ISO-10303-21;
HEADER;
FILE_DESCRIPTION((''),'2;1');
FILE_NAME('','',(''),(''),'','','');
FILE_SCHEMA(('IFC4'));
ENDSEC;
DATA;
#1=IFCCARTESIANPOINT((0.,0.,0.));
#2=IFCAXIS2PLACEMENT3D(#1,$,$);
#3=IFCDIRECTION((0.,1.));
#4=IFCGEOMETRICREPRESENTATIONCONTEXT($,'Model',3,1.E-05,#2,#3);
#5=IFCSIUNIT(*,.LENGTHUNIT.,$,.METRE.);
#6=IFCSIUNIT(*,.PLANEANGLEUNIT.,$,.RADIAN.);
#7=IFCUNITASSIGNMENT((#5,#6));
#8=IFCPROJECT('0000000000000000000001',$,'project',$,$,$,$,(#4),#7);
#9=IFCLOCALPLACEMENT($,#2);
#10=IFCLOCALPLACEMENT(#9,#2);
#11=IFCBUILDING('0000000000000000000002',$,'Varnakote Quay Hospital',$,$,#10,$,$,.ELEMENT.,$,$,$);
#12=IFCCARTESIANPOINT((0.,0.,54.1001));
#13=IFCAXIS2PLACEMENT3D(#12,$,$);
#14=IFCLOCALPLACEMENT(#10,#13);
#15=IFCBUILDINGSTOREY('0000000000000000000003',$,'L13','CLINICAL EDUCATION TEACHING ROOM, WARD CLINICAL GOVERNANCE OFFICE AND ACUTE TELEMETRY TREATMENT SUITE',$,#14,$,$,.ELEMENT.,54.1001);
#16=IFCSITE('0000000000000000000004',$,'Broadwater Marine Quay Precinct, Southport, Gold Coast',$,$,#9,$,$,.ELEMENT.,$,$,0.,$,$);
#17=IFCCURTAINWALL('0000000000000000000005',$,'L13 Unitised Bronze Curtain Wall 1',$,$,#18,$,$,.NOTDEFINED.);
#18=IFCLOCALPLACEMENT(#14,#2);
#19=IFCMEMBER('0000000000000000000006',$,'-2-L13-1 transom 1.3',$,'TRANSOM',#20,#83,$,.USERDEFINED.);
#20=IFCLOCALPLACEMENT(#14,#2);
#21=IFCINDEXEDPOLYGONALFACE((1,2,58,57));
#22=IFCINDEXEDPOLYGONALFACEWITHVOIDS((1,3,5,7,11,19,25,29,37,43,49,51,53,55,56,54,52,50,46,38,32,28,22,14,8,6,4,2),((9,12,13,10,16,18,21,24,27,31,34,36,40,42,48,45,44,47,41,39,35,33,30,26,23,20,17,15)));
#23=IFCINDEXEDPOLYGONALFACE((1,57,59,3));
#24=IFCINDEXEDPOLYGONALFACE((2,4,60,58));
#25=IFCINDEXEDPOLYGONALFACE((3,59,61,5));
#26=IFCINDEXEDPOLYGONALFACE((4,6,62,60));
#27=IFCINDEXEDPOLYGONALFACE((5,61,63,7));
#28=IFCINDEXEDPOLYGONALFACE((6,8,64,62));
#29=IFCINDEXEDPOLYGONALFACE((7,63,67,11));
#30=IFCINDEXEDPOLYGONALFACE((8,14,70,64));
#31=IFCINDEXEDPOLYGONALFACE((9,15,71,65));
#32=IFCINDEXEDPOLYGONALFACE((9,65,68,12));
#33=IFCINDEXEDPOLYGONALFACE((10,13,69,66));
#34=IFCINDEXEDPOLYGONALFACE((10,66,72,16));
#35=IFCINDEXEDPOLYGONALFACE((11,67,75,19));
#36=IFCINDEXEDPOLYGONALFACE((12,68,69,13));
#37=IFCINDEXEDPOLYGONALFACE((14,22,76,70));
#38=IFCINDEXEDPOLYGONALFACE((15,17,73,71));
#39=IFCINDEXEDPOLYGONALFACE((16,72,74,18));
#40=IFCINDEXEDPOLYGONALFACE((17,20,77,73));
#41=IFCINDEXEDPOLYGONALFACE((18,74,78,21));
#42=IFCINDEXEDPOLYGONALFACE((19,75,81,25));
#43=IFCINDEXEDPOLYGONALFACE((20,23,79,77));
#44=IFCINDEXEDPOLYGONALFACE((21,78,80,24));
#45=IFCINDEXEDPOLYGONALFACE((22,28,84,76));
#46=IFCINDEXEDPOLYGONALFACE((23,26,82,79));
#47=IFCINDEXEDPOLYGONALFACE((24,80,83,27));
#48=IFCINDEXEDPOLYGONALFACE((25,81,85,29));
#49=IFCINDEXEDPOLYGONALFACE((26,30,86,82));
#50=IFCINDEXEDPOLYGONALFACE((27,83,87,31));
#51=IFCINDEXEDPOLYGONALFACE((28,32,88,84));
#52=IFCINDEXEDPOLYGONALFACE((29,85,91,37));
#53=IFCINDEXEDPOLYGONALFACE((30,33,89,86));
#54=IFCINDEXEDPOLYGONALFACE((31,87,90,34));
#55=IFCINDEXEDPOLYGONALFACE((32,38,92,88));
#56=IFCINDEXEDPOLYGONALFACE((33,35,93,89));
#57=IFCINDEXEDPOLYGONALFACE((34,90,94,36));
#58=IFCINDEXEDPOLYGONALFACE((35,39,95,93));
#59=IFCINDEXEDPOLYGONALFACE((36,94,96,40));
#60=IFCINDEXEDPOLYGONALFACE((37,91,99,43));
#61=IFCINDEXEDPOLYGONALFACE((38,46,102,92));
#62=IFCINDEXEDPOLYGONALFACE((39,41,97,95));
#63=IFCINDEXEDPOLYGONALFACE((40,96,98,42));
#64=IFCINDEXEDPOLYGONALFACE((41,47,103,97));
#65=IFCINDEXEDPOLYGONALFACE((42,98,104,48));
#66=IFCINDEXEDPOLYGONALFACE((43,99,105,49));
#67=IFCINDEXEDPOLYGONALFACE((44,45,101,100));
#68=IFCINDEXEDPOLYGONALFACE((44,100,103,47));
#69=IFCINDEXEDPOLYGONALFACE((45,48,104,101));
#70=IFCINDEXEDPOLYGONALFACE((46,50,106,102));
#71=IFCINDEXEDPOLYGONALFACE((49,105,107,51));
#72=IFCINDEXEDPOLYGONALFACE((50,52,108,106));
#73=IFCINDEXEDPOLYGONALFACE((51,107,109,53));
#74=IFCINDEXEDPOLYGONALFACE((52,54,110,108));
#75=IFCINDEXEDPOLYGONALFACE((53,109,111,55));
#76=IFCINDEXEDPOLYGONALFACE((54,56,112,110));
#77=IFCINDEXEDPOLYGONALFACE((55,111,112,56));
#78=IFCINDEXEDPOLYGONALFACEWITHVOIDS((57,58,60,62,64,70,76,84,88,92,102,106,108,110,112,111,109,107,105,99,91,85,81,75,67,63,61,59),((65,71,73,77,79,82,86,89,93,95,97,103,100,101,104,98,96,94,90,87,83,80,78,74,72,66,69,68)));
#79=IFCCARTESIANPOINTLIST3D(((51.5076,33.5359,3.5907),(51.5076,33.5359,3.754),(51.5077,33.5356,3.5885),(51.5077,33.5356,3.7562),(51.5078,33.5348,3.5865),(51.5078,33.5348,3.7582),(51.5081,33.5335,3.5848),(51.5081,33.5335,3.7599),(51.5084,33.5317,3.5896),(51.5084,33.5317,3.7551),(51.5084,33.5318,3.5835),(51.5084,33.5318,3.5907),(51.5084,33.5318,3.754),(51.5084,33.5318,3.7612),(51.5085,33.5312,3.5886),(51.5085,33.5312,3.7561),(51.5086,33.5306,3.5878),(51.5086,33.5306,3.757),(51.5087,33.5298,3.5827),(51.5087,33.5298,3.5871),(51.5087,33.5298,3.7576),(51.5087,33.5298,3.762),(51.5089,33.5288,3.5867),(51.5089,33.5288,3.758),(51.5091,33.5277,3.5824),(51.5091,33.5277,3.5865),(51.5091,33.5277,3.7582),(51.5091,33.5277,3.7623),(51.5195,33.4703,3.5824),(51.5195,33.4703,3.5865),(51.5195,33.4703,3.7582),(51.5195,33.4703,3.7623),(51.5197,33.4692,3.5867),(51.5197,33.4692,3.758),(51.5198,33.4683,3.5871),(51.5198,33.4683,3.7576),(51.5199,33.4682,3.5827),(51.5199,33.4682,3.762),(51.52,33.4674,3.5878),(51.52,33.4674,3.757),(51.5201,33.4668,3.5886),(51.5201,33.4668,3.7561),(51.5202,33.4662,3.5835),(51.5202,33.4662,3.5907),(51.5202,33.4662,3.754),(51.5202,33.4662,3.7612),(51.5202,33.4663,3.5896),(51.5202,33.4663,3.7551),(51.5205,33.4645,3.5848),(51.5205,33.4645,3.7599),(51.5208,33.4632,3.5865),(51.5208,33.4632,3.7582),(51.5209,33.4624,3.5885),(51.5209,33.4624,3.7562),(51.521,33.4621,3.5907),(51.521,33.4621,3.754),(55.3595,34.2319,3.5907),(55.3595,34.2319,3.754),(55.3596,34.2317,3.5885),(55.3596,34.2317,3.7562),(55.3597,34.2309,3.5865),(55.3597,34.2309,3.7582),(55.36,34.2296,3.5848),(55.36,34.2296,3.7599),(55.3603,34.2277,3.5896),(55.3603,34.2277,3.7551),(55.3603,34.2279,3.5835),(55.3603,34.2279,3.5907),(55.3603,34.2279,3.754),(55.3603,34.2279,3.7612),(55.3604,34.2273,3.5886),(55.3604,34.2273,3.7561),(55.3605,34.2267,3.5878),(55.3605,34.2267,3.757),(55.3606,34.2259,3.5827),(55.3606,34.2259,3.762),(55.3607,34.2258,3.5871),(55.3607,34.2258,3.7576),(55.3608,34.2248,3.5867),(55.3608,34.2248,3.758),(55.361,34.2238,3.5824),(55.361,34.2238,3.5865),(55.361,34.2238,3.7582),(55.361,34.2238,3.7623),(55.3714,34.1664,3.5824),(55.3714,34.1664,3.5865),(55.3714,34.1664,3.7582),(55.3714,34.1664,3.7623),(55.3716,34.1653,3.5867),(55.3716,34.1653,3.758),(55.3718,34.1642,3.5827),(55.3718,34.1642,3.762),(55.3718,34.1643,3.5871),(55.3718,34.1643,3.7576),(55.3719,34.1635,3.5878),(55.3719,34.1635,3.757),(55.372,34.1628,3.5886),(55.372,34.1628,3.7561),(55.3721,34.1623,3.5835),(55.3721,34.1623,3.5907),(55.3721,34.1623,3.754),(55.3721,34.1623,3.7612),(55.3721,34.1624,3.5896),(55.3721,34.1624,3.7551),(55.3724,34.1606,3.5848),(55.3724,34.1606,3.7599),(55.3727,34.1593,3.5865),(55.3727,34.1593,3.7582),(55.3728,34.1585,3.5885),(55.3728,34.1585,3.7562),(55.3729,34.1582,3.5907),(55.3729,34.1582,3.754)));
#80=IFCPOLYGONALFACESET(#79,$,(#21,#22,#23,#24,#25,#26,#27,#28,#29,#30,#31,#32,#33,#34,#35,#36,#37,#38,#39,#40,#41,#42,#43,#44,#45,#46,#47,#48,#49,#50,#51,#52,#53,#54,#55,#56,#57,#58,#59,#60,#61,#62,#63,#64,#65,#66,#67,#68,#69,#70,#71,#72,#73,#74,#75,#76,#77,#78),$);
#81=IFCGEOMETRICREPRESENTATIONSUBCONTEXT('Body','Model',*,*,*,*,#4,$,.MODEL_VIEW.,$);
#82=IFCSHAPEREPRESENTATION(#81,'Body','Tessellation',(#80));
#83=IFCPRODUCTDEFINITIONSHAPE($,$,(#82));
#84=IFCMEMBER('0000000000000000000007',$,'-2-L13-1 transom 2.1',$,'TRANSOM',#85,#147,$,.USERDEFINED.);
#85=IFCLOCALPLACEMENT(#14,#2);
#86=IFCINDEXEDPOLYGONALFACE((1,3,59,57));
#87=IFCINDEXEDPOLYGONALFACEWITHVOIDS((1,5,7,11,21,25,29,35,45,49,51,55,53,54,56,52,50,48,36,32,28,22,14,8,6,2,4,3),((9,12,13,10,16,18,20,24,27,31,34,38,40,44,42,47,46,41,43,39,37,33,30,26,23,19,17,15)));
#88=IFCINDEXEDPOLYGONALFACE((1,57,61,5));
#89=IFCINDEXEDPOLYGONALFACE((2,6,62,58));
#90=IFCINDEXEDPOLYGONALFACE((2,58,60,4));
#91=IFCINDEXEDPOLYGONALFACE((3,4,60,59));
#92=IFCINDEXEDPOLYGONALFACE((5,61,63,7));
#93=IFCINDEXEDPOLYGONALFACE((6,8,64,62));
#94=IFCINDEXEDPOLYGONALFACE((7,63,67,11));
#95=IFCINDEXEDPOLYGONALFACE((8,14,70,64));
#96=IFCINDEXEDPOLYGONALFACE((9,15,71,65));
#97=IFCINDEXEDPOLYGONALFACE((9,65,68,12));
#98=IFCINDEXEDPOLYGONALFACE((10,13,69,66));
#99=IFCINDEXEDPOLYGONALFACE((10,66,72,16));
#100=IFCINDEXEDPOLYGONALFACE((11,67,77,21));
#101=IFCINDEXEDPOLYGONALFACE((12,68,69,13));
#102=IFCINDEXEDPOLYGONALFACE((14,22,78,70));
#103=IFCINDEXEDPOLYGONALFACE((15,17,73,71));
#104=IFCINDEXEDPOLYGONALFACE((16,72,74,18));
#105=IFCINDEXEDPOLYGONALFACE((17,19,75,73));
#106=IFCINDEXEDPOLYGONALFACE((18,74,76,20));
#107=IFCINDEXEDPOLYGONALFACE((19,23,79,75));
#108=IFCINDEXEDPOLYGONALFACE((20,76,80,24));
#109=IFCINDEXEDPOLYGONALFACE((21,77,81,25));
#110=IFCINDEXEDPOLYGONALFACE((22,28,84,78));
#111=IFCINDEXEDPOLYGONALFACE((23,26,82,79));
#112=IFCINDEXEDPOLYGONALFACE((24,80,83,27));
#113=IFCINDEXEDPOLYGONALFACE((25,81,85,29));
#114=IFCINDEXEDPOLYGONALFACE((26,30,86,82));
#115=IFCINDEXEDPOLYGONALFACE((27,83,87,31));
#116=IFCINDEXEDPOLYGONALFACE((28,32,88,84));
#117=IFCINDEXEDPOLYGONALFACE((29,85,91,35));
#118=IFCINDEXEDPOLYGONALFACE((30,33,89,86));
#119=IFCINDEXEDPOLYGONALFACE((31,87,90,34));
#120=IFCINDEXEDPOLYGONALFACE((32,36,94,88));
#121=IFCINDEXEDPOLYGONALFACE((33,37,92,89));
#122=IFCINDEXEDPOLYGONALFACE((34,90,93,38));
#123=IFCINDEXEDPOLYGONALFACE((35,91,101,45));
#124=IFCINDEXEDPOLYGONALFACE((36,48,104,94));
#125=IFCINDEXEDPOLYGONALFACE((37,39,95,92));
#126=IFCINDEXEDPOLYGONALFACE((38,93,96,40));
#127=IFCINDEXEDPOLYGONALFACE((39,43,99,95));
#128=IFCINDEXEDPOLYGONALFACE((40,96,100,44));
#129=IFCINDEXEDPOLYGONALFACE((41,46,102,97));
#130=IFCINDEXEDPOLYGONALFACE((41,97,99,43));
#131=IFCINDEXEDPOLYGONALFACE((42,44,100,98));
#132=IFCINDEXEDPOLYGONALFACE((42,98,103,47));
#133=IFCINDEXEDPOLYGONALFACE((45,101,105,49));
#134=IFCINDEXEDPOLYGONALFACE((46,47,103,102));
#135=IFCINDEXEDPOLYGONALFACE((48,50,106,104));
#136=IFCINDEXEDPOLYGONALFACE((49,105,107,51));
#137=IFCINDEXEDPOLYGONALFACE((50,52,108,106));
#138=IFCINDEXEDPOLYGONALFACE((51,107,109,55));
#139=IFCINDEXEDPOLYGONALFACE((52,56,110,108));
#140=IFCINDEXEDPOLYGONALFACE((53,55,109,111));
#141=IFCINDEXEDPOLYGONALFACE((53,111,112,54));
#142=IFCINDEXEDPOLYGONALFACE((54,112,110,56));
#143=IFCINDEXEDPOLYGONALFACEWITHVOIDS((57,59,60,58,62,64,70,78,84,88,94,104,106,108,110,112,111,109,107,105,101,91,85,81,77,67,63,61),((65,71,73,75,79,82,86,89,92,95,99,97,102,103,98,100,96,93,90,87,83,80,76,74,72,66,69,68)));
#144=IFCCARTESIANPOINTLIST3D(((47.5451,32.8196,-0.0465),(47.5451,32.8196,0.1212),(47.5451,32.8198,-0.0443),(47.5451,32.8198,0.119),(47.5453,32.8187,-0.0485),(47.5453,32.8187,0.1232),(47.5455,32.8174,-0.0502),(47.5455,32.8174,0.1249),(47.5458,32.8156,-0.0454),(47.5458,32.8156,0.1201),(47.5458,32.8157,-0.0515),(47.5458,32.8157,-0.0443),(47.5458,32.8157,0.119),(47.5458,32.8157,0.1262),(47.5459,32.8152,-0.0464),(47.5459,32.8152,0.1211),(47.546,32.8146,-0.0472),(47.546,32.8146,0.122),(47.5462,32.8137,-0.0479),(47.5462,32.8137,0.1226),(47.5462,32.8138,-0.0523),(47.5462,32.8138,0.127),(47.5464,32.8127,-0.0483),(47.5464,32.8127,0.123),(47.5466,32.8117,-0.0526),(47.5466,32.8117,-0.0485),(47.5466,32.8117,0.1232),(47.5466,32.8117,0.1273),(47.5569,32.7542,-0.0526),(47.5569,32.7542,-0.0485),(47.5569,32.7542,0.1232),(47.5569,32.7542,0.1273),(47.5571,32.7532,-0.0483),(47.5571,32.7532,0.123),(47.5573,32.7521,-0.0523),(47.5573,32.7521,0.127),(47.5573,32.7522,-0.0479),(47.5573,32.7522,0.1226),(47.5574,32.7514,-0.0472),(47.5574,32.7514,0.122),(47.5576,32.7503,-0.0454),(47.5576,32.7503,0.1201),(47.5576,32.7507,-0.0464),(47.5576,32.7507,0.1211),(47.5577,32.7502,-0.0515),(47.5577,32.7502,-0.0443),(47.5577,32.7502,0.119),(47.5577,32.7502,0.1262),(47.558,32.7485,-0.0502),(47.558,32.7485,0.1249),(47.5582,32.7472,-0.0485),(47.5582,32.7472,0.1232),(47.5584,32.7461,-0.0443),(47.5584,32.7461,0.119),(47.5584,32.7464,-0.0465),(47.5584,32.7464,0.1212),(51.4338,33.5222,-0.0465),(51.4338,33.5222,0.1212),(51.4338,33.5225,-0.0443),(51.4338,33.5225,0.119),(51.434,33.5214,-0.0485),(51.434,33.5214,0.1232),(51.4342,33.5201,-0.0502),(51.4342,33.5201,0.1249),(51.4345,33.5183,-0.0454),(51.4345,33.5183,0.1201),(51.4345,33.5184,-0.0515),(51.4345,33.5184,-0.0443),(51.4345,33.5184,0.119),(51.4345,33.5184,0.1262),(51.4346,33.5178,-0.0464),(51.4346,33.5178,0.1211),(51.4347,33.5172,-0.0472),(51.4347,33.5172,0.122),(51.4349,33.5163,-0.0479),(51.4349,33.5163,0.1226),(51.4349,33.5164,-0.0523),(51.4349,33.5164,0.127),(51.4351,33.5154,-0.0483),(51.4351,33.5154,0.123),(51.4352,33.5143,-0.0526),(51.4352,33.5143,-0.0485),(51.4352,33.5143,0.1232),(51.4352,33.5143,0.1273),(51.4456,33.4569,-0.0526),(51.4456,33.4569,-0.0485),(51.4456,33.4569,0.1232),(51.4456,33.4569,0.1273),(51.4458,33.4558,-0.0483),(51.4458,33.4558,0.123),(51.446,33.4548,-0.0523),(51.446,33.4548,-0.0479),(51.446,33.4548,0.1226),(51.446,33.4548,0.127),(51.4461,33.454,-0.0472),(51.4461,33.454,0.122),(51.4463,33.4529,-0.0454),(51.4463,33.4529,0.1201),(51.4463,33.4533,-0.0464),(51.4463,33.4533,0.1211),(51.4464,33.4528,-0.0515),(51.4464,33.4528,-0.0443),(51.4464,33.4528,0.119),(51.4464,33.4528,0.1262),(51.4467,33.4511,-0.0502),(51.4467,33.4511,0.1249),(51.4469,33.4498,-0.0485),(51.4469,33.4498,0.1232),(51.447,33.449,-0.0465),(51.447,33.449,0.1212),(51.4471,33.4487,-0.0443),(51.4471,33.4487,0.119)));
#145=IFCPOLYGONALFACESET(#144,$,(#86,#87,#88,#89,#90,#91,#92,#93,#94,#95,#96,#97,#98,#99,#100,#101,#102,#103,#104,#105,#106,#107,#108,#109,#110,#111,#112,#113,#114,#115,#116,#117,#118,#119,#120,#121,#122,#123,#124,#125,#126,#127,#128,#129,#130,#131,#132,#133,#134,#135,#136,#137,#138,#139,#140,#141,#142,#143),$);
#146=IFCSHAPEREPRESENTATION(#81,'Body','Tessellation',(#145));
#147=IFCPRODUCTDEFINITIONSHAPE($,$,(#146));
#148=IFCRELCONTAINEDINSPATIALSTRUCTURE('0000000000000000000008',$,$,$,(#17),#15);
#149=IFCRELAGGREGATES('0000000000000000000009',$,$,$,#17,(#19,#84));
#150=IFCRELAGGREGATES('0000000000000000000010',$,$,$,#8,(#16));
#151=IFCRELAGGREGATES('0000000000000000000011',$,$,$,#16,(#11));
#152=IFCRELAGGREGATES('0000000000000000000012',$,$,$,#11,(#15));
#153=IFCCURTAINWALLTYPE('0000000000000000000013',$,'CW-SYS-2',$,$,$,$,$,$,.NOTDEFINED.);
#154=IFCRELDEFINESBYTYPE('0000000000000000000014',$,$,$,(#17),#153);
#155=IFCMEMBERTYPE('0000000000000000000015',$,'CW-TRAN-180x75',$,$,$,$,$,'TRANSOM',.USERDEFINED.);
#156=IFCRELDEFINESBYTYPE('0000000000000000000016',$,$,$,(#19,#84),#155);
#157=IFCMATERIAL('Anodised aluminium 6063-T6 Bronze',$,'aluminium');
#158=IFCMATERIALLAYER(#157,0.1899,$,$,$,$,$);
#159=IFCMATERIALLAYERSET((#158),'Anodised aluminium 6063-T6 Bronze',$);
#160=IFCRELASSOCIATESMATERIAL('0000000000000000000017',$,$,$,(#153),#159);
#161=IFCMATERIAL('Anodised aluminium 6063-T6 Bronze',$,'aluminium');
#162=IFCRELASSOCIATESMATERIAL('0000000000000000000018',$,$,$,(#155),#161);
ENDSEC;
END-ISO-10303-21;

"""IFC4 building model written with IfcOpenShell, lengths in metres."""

from ifc_helpers import new_model, si_unit, direction, frame, origin, origin_2d, place, context, subcontext, project, spatial, hollow_rectangle, extrude, material, layer, layer_set, material_profile, profile_set, type_object, element, aggregate, save


model = new_model("IFC4")

# Units and contexts
model_context = context("Model", 3, precision=1e-05, world=origin(), true_north=direction((0.0, 1.0)))
body_context = subcontext(model_context, "Body", "Model", "MODEL_VIEW")
ifc_project = project(units=[si_unit("LENGTHUNIT", "METRE"), si_unit("PLANEANGLEUNIT", "RADIAN")], contexts=[model_context])

# Site, building, storey
site_placement = place(None, origin())
site = spatial("IfcSite", under=ifc_project, at=site_placement, Name="Broadwater Marine Quay Precinct, Southport, Gold Coast", CompositionType="ELEMENT", RefElevation=0.0)
building_placement = place(site_placement, origin())
building = spatial("IfcBuilding", under=site, at=building_placement, Name="Varnakote Quay Hospital", CompositionType="ELEMENT")
storey_placement = place(building_placement, frame((0.0, 0.0, 54.1001)))
storey = spatial("IfcBuildingStorey", under=building, at=storey_placement, Name="L13", Description="CLINICAL EDUCATION TEACHING ROOM, WARD CLINICAL GOVERNANCE OFFICE AND ACUTE TELEMETRY TREATMENT SUITE", CompositionType="ELEMENT", Elevation=54.1001)

# Curtain wall, members
ifc_material_1 = material(Name="Anodised aluminium 6063-T6 Bronze", Category="aluminium")
ifc_layer_1 = layer(ifc_material_1, 0.1899)
ifc_layer_set_1 = layer_set([ifc_layer_1], Name="Anodised aluminium 6063-T6 Bronze")
curtain_wall_type = type_object("IfcCurtainWallType", Name="CW-SYS-2", PredefinedType="NOTDEFINED", material=ifc_layer_set_1)
curtain_wall_placement = place(storey_placement, origin())
curtain_wall = element("IfcCurtainWall", 1, at=curtain_wall_placement, inside=storey, type_object=curtain_wall_type, Name="L13 Unitised Bronze Curtain Wall 1", PredefinedType="NOTDEFINED")
ifc_material_2 = material(Name="Anodised aluminium 6063-T6 Bronze", Category="aluminium")
ifc_material_profile_1 = material_profile(ifc_material_2, hollow_rectangle(XDim=0.075, YDim=0.1799, WallThickness=0.0042, InnerFilletRadius=0.0042, OuterFilletRadius=0.0083, at=origin_2d()), Name="CW-TRAN-180x75")
ifc_profile_set_1 = profile_set([ifc_material_profile_1], Name="Anodised aluminium 6063-T6 Bronze")
member_type_1 = type_object("IfcMemberType", Name="CW-TRAN-180x75", ElementType="TRANSOM", PredefinedType="USERDEFINED", material=ifc_profile_set_1)
member_1_placement = place(storey_placement, frame((55.3662, 34.1951, 3.6724), z_axis=(-0.984062, -0.177826, 0.0), x_axis=(0.177826, -0.984062, 0.0)))
member_1 = element("IfcMember", 2, at=member_1_placement, type_object=member_type_1, Name="-2-L13-1 transom 1.3", ObjectType="TRANSOM", PredefinedType="USERDEFINED", context=body_context, shape_type="SweptSolid", body=[
    extrude(hollow_rectangle(XDim=0.075, YDim=0.1799, WallThickness=0.0042, InnerFilletRadius=0.0042, OuterFilletRadius=0.0083, at=origin_2d()), origin(), (0.0, 0.0, 1.0), 3.9143),
])
member_2_placement = place(storey_placement, frame((51.4404, 33.4856, 0.0374), z_axis=(-0.984065, -0.177809, 0.0), x_axis=(0.177809, -0.984065, 0.0)))
member_2 = element("IfcMember", 3, at=member_2_placement, type_object=member_type_1, Name="-2-L13-1 transom 2.1", ObjectType="TRANSOM", PredefinedType="USERDEFINED", context=body_context, shape_type="SweptSolid", body=[
    extrude(hollow_rectangle(XDim=0.075, YDim=0.1799, WallThickness=0.0042, InnerFilletRadius=0.0042, OuterFilletRadius=0.0083, at=origin_2d()), origin(), (0.0, 0.0, 1.0), 3.9517),
])
aggregate(curtain_wall, [member_1, member_2])

save(model, "model.ifc")
